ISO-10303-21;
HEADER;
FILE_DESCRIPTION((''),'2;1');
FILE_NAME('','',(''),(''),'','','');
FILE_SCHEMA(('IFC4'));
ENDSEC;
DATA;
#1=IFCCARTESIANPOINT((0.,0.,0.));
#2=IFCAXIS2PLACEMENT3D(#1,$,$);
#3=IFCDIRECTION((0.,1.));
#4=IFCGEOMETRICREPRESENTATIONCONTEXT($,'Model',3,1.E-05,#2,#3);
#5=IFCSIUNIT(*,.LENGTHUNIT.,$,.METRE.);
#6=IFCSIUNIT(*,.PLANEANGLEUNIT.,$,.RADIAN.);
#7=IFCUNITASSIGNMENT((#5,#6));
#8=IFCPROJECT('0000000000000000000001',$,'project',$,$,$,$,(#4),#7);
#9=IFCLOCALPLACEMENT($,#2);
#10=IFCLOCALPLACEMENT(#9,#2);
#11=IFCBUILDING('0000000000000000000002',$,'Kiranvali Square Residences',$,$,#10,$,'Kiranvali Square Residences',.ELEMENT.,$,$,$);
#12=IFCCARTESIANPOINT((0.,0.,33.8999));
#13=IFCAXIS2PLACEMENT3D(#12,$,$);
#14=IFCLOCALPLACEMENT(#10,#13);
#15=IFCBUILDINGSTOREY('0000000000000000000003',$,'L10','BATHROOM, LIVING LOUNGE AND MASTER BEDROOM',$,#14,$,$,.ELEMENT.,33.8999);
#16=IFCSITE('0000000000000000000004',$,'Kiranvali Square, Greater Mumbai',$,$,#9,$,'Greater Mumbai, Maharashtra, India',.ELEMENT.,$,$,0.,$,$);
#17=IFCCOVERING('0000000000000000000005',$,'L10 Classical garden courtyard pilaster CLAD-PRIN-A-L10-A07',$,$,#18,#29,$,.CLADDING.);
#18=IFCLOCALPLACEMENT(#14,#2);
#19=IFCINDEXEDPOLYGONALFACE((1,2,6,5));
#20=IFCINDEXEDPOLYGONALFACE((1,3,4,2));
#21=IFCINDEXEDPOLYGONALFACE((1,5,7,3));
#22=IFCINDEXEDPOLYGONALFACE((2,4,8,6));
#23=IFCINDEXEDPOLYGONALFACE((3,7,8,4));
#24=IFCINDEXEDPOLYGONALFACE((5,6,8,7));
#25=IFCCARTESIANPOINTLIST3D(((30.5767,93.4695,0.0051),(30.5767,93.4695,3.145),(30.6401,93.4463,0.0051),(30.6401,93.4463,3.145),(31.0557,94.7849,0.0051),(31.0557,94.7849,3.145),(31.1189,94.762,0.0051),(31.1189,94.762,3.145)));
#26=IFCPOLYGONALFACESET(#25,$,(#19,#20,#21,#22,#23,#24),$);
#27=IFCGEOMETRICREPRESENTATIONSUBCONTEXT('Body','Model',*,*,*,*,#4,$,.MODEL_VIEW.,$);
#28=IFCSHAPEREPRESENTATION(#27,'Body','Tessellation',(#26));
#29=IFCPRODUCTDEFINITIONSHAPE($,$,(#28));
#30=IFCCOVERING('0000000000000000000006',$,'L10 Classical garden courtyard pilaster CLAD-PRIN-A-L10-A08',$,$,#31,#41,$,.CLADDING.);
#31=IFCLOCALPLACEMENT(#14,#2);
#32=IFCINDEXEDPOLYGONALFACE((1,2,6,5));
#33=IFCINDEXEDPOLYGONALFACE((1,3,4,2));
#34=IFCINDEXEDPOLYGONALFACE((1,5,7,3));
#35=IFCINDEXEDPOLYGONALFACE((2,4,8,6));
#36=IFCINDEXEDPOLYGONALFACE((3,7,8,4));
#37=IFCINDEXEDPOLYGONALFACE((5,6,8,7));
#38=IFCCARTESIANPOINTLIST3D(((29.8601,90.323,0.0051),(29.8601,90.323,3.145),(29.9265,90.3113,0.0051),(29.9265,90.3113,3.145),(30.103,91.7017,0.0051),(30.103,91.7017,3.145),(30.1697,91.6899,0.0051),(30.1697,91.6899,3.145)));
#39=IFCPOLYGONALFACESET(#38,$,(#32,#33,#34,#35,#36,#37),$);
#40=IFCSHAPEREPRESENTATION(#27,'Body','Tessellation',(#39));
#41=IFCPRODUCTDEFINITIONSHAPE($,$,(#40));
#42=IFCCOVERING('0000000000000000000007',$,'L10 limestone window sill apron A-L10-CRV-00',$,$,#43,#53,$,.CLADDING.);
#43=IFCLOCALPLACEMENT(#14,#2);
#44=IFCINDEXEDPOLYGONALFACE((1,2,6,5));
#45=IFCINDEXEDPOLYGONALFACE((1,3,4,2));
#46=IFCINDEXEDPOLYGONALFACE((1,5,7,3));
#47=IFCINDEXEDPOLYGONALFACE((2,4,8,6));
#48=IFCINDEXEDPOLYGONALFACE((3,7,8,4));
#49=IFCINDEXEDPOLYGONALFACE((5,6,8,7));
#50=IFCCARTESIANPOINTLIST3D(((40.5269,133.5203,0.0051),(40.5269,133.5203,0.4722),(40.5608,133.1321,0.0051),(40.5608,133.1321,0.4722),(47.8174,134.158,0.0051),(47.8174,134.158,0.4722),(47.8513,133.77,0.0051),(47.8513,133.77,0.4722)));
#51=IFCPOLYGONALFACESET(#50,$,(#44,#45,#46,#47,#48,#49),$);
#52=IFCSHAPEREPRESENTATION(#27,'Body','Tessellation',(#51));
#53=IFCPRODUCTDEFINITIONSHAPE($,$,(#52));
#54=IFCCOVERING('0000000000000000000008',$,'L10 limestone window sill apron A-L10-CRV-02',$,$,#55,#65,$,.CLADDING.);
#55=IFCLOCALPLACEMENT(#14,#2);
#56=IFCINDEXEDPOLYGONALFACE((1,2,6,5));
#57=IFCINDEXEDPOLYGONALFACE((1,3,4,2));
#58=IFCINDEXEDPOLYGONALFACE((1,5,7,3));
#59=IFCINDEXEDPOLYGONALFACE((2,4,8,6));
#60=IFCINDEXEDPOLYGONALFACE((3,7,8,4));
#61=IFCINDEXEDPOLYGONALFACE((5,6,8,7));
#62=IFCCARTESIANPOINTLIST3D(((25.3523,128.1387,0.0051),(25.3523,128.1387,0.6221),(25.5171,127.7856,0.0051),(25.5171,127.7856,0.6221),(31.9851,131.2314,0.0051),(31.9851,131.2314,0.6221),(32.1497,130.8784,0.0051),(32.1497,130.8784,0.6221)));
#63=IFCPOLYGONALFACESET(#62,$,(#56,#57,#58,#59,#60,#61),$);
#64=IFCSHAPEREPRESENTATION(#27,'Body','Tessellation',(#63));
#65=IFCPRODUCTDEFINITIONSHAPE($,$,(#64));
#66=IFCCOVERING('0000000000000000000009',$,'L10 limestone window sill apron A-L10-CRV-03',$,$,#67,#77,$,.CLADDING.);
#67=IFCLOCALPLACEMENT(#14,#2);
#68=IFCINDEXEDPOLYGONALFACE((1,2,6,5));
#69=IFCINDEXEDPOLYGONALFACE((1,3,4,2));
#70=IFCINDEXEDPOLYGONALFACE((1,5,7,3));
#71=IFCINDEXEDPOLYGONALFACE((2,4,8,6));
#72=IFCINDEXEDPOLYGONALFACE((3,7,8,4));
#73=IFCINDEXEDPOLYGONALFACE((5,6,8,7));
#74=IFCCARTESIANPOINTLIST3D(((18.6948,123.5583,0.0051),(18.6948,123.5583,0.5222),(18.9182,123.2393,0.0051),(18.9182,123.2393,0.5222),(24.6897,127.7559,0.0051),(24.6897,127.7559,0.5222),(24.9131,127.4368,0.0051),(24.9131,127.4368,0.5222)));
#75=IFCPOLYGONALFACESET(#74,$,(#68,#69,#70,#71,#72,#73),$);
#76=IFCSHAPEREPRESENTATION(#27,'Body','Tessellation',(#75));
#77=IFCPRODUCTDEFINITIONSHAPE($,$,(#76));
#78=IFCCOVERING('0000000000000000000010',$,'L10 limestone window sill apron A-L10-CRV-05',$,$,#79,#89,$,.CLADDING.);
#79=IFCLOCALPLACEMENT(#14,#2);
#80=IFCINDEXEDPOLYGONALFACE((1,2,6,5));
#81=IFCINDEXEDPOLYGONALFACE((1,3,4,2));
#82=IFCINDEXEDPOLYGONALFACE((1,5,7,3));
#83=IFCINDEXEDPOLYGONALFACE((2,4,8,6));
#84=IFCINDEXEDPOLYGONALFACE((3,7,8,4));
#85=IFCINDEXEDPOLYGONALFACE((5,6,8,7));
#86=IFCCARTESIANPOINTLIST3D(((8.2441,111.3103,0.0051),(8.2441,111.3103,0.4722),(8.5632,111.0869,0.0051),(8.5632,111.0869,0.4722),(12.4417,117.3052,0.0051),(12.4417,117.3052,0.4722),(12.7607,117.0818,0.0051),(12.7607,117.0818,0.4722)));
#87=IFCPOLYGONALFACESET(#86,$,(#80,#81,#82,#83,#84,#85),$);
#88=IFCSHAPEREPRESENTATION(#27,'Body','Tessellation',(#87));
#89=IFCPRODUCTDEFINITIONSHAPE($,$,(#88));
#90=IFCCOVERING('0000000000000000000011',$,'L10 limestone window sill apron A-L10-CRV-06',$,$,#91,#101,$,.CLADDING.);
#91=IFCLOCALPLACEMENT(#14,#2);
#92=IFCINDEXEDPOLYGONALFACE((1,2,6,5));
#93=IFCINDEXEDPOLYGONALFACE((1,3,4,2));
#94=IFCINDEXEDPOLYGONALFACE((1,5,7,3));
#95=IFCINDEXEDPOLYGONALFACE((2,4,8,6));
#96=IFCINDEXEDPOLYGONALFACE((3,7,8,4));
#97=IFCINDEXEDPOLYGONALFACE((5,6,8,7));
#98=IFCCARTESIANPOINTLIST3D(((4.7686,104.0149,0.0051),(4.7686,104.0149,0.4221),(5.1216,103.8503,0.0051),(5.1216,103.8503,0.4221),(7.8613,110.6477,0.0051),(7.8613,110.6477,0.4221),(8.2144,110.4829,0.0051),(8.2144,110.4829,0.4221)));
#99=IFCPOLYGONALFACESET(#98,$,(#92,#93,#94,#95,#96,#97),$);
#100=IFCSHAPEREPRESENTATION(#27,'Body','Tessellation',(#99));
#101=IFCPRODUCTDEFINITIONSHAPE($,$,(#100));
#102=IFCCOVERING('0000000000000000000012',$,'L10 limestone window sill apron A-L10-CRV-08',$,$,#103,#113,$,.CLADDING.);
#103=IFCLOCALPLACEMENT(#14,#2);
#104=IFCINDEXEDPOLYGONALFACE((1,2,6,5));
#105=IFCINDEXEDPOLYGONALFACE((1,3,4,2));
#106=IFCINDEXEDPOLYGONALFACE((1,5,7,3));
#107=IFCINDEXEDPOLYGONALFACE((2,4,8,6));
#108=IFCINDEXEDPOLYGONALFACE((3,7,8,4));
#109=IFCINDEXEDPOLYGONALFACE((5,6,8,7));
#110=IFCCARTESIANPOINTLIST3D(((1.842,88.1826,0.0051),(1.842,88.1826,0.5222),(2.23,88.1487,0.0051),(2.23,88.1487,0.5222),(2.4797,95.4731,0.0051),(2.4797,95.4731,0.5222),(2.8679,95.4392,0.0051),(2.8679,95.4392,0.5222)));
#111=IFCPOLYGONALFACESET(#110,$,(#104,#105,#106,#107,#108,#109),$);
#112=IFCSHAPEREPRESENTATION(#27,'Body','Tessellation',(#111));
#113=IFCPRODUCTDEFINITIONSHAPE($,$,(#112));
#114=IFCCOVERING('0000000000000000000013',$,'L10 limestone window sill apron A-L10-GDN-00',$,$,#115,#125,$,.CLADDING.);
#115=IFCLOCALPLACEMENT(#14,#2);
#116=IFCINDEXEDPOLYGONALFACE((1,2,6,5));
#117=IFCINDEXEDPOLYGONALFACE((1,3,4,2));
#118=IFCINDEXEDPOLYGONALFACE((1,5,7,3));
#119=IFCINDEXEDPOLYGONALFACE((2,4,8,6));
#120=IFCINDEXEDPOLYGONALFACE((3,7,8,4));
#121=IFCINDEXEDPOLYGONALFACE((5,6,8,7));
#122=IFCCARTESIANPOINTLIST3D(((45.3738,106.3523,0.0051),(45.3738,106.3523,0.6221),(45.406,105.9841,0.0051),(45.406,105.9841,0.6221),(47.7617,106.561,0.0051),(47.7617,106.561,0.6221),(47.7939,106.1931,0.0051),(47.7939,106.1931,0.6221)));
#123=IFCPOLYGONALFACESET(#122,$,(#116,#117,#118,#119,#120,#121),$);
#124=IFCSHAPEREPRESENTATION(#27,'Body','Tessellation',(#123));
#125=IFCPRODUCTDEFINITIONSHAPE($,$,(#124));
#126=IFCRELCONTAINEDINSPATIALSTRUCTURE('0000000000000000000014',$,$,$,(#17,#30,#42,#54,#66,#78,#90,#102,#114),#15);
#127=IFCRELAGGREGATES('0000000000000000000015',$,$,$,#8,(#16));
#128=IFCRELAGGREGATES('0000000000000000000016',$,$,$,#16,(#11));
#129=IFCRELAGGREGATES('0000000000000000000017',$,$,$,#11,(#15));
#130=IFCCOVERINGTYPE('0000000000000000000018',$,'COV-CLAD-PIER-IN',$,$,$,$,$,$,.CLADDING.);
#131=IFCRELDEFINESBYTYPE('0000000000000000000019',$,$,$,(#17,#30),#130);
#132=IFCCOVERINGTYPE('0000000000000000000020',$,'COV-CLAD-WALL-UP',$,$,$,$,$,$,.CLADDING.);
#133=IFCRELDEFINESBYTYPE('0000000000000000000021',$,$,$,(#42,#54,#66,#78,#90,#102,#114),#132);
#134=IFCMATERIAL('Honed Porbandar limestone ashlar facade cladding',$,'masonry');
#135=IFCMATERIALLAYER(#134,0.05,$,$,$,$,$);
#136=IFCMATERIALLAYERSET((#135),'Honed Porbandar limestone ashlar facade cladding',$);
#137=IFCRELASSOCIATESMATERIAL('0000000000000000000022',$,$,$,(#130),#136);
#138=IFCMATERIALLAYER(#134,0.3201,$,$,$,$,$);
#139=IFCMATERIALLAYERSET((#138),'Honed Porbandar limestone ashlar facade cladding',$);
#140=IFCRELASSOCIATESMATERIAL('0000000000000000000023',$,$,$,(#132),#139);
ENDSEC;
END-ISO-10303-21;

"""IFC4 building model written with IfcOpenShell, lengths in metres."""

from ifc_helpers import new_model, si_unit, direction, frame, origin, place, context, subcontext, project, spatial, polyline, outline, extrude, material, layer, layer_set, type_object, element, save


model = new_model("IFC4")

# Units and contexts
model_context = context("Model", 3, precision=1e-05, world=origin(), true_north=direction((0.0, 1.0)))
body_context = subcontext(model_context, "Body", "Model", "MODEL_VIEW")
ifc_project = project(units=[si_unit("LENGTHUNIT", "METRE"), si_unit("PLANEANGLEUNIT", "RADIAN")], contexts=[model_context])

# Site, building, storey
site_placement = place(None, origin())
site = spatial("IfcSite", under=ifc_project, at=site_placement, Name="Kiranvali Square, Greater Mumbai", LongName="Greater Mumbai, Maharashtra, India", CompositionType="ELEMENT", RefElevation=0.0)
building_placement = place(site_placement, origin())
building = spatial("IfcBuilding", under=site, at=building_placement, Name="Kiranvali Square Residences", LongName="Kiranvali Square Residences", CompositionType="ELEMENT")
storey_placement = place(building_placement, frame((0.0, 0.0, 33.8999)))
storey = spatial("IfcBuildingStorey", under=building, at=storey_placement, Name="L10", Description="BATHROOM, LIVING LOUNGE AND MASTER BEDROOM", CompositionType="ELEMENT", Elevation=33.8999)

# Coverings
ifc_material = material(Name="Honed Porbandar limestone ashlar facade cladding", Category="masonry")
ifc_layer_1 = layer(ifc_material, 0.05)
ifc_layer_set_1 = layer_set([ifc_layer_1], Name="Honed Porbandar limestone ashlar facade cladding")
covering_type_1 = type_object("IfcCoveringType", Name="COV-CLAD-PIER-IN", PredefinedType="CLADDING", material=ifc_layer_set_1)
covering_1_placement = place(storey_placement, frame((0.0, 0.0, 0.0051)))
element("IfcCovering", 1, at=covering_1_placement, inside=storey, type_object=covering_type_1, Name="L10 Classical garden courtyard pilaster CLAD-PRIN-A-L10-A07", PredefinedType="CLADDING", context=body_context, shape_type="SweptSolid", body=[
    extrude(outline(polyline([(30.6401, 93.4463), (31.1189, 94.762), (31.0557, 94.7849), (30.5767, 93.4695), (30.6401, 93.4463)])), origin(), (0.0, 0.0, 1.0), 3.1399),
])
covering_2_placement = place(storey_placement, frame((0.0, 0.0, 0.0051)))
element("IfcCovering", 2, at=covering_2_placement, inside=storey, type_object=covering_type_1, Name="L10 Classical garden courtyard pilaster CLAD-PRIN-A-L10-A08", PredefinedType="CLADDING", context=body_context, shape_type="SweptSolid", body=[
    extrude(outline(polyline([(29.9265, 90.3113), (30.1697, 91.6899), (30.103, 91.7017), (29.8601, 90.323), (29.9265, 90.3113)])), origin(), (0.0, 0.0, 1.0), 3.1399),
])
ifc_layer_2 = layer(ifc_material, 0.3201)
ifc_layer_set_2 = layer_set([ifc_layer_2], Name="Honed Porbandar limestone ashlar facade cladding")
covering_type_2 = type_object("IfcCoveringType", Name="COV-CLAD-WALL-UP", PredefinedType="CLADDING", material=ifc_layer_set_2)
covering_3_placement = place(storey_placement, frame((0.0, 0.0, 0.0051)))
element("IfcCovering", 3, at=covering_3_placement, inside=storey, type_object=covering_type_2, Name="L10 limestone window sill apron A-L10-CRV-00", PredefinedType="CLADDING", context=body_context, shape_type="SweptSolid", body=[
    extrude(outline(polyline([(47.8174, 134.158), (40.5269, 133.5203), (40.5608, 133.1321), (47.8513, 133.77), (47.8174, 134.158)])), origin(), (0.0, 0.0, 1.0), 0.467),
])
covering_4_placement = place(storey_placement, frame((0.0, 0.0, 0.0051)))
element("IfcCovering", 4, at=covering_4_placement, inside=storey, type_object=covering_type_2, Name="L10 limestone window sill apron A-L10-CRV-02", PredefinedType="CLADDING", context=body_context, shape_type="SweptSolid", body=[
    extrude(outline(polyline([(31.9851, 131.2314), (25.3523, 128.1387), (25.5171, 127.7856), (32.1497, 130.8784), (31.9851, 131.2314)])), origin(), (0.0, 0.0, 1.0), 0.6169),
])
covering_5_placement = place(storey_placement, frame((0.0, 0.0, 0.0051)))
element("IfcCovering", 5, at=covering_5_placement, inside=storey, type_object=covering_type_2, Name="L10 limestone window sill apron A-L10-CRV-03", PredefinedType="CLADDING", context=body_context, shape_type="SweptSolid", body=[
    extrude(outline(polyline([(24.6897, 127.7559), (18.6948, 123.5583), (18.9182, 123.2393), (24.9131, 127.4368), (24.6897, 127.7559)])), origin(), (0.0, 0.0, 1.0), 0.5171),
])
covering_6_placement = place(storey_placement, frame((0.0, 0.0, 0.0051)))
element("IfcCovering", 6, at=covering_6_placement, inside=storey, type_object=covering_type_2, Name="L10 limestone window sill apron A-L10-CRV-05", PredefinedType="CLADDING", context=body_context, shape_type="SweptSolid", body=[
    extrude(outline(polyline([(12.4417, 117.3052), (8.2441, 111.3103), (8.5632, 111.0869), (12.7607, 117.0818), (12.4417, 117.3052)])), origin(), (0.0, 0.0, 1.0), 0.467),
])
covering_7_placement = place(storey_placement, frame((0.0, 0.0, 0.0051)))
element("IfcCovering", 7, at=covering_7_placement, inside=storey, type_object=covering_type_2, Name="L10 limestone window sill apron A-L10-CRV-06", PredefinedType="CLADDING", context=body_context, shape_type="SweptSolid", body=[
    extrude(outline(polyline([(7.8613, 110.6477), (4.7686, 104.0149), (5.1216, 103.8503), (8.2144, 110.4829), (7.8613, 110.6477)])), origin(), (0.0, 0.0, 1.0), 0.417),
])
covering_8_placement = place(storey_placement, frame((0.0, 0.0, 0.0051)))
element("IfcCovering", 8, at=covering_8_placement, inside=storey, type_object=covering_type_2, Name="L10 limestone window sill apron A-L10-CRV-08", PredefinedType="CLADDING", context=body_context, shape_type="SweptSolid", body=[
    extrude(outline(polyline([(2.4797, 95.4731), (1.842, 88.1826), (2.23, 88.1487), (2.8679, 95.4392), (2.4797, 95.4731)])), origin(), (0.0, 0.0, 1.0), 0.5171),
])
covering_9_placement = place(storey_placement, frame((0.0, 0.0, 0.0051)))
element("IfcCovering", 9, at=covering_9_placement, inside=storey, type_object=covering_type_2, Name="L10 limestone window sill apron A-L10-GDN-00", PredefinedType="CLADDING", context=body_context, shape_type="SweptSolid", body=[
    extrude(outline(polyline([(47.7617, 106.561), (45.3738, 106.3523), (45.406, 105.9841), (47.7939, 106.1931), (47.7617, 106.561)])), origin(), (0.0, 0.0, 1.0), 0.6169),
])

save(model, "model.ifc")
